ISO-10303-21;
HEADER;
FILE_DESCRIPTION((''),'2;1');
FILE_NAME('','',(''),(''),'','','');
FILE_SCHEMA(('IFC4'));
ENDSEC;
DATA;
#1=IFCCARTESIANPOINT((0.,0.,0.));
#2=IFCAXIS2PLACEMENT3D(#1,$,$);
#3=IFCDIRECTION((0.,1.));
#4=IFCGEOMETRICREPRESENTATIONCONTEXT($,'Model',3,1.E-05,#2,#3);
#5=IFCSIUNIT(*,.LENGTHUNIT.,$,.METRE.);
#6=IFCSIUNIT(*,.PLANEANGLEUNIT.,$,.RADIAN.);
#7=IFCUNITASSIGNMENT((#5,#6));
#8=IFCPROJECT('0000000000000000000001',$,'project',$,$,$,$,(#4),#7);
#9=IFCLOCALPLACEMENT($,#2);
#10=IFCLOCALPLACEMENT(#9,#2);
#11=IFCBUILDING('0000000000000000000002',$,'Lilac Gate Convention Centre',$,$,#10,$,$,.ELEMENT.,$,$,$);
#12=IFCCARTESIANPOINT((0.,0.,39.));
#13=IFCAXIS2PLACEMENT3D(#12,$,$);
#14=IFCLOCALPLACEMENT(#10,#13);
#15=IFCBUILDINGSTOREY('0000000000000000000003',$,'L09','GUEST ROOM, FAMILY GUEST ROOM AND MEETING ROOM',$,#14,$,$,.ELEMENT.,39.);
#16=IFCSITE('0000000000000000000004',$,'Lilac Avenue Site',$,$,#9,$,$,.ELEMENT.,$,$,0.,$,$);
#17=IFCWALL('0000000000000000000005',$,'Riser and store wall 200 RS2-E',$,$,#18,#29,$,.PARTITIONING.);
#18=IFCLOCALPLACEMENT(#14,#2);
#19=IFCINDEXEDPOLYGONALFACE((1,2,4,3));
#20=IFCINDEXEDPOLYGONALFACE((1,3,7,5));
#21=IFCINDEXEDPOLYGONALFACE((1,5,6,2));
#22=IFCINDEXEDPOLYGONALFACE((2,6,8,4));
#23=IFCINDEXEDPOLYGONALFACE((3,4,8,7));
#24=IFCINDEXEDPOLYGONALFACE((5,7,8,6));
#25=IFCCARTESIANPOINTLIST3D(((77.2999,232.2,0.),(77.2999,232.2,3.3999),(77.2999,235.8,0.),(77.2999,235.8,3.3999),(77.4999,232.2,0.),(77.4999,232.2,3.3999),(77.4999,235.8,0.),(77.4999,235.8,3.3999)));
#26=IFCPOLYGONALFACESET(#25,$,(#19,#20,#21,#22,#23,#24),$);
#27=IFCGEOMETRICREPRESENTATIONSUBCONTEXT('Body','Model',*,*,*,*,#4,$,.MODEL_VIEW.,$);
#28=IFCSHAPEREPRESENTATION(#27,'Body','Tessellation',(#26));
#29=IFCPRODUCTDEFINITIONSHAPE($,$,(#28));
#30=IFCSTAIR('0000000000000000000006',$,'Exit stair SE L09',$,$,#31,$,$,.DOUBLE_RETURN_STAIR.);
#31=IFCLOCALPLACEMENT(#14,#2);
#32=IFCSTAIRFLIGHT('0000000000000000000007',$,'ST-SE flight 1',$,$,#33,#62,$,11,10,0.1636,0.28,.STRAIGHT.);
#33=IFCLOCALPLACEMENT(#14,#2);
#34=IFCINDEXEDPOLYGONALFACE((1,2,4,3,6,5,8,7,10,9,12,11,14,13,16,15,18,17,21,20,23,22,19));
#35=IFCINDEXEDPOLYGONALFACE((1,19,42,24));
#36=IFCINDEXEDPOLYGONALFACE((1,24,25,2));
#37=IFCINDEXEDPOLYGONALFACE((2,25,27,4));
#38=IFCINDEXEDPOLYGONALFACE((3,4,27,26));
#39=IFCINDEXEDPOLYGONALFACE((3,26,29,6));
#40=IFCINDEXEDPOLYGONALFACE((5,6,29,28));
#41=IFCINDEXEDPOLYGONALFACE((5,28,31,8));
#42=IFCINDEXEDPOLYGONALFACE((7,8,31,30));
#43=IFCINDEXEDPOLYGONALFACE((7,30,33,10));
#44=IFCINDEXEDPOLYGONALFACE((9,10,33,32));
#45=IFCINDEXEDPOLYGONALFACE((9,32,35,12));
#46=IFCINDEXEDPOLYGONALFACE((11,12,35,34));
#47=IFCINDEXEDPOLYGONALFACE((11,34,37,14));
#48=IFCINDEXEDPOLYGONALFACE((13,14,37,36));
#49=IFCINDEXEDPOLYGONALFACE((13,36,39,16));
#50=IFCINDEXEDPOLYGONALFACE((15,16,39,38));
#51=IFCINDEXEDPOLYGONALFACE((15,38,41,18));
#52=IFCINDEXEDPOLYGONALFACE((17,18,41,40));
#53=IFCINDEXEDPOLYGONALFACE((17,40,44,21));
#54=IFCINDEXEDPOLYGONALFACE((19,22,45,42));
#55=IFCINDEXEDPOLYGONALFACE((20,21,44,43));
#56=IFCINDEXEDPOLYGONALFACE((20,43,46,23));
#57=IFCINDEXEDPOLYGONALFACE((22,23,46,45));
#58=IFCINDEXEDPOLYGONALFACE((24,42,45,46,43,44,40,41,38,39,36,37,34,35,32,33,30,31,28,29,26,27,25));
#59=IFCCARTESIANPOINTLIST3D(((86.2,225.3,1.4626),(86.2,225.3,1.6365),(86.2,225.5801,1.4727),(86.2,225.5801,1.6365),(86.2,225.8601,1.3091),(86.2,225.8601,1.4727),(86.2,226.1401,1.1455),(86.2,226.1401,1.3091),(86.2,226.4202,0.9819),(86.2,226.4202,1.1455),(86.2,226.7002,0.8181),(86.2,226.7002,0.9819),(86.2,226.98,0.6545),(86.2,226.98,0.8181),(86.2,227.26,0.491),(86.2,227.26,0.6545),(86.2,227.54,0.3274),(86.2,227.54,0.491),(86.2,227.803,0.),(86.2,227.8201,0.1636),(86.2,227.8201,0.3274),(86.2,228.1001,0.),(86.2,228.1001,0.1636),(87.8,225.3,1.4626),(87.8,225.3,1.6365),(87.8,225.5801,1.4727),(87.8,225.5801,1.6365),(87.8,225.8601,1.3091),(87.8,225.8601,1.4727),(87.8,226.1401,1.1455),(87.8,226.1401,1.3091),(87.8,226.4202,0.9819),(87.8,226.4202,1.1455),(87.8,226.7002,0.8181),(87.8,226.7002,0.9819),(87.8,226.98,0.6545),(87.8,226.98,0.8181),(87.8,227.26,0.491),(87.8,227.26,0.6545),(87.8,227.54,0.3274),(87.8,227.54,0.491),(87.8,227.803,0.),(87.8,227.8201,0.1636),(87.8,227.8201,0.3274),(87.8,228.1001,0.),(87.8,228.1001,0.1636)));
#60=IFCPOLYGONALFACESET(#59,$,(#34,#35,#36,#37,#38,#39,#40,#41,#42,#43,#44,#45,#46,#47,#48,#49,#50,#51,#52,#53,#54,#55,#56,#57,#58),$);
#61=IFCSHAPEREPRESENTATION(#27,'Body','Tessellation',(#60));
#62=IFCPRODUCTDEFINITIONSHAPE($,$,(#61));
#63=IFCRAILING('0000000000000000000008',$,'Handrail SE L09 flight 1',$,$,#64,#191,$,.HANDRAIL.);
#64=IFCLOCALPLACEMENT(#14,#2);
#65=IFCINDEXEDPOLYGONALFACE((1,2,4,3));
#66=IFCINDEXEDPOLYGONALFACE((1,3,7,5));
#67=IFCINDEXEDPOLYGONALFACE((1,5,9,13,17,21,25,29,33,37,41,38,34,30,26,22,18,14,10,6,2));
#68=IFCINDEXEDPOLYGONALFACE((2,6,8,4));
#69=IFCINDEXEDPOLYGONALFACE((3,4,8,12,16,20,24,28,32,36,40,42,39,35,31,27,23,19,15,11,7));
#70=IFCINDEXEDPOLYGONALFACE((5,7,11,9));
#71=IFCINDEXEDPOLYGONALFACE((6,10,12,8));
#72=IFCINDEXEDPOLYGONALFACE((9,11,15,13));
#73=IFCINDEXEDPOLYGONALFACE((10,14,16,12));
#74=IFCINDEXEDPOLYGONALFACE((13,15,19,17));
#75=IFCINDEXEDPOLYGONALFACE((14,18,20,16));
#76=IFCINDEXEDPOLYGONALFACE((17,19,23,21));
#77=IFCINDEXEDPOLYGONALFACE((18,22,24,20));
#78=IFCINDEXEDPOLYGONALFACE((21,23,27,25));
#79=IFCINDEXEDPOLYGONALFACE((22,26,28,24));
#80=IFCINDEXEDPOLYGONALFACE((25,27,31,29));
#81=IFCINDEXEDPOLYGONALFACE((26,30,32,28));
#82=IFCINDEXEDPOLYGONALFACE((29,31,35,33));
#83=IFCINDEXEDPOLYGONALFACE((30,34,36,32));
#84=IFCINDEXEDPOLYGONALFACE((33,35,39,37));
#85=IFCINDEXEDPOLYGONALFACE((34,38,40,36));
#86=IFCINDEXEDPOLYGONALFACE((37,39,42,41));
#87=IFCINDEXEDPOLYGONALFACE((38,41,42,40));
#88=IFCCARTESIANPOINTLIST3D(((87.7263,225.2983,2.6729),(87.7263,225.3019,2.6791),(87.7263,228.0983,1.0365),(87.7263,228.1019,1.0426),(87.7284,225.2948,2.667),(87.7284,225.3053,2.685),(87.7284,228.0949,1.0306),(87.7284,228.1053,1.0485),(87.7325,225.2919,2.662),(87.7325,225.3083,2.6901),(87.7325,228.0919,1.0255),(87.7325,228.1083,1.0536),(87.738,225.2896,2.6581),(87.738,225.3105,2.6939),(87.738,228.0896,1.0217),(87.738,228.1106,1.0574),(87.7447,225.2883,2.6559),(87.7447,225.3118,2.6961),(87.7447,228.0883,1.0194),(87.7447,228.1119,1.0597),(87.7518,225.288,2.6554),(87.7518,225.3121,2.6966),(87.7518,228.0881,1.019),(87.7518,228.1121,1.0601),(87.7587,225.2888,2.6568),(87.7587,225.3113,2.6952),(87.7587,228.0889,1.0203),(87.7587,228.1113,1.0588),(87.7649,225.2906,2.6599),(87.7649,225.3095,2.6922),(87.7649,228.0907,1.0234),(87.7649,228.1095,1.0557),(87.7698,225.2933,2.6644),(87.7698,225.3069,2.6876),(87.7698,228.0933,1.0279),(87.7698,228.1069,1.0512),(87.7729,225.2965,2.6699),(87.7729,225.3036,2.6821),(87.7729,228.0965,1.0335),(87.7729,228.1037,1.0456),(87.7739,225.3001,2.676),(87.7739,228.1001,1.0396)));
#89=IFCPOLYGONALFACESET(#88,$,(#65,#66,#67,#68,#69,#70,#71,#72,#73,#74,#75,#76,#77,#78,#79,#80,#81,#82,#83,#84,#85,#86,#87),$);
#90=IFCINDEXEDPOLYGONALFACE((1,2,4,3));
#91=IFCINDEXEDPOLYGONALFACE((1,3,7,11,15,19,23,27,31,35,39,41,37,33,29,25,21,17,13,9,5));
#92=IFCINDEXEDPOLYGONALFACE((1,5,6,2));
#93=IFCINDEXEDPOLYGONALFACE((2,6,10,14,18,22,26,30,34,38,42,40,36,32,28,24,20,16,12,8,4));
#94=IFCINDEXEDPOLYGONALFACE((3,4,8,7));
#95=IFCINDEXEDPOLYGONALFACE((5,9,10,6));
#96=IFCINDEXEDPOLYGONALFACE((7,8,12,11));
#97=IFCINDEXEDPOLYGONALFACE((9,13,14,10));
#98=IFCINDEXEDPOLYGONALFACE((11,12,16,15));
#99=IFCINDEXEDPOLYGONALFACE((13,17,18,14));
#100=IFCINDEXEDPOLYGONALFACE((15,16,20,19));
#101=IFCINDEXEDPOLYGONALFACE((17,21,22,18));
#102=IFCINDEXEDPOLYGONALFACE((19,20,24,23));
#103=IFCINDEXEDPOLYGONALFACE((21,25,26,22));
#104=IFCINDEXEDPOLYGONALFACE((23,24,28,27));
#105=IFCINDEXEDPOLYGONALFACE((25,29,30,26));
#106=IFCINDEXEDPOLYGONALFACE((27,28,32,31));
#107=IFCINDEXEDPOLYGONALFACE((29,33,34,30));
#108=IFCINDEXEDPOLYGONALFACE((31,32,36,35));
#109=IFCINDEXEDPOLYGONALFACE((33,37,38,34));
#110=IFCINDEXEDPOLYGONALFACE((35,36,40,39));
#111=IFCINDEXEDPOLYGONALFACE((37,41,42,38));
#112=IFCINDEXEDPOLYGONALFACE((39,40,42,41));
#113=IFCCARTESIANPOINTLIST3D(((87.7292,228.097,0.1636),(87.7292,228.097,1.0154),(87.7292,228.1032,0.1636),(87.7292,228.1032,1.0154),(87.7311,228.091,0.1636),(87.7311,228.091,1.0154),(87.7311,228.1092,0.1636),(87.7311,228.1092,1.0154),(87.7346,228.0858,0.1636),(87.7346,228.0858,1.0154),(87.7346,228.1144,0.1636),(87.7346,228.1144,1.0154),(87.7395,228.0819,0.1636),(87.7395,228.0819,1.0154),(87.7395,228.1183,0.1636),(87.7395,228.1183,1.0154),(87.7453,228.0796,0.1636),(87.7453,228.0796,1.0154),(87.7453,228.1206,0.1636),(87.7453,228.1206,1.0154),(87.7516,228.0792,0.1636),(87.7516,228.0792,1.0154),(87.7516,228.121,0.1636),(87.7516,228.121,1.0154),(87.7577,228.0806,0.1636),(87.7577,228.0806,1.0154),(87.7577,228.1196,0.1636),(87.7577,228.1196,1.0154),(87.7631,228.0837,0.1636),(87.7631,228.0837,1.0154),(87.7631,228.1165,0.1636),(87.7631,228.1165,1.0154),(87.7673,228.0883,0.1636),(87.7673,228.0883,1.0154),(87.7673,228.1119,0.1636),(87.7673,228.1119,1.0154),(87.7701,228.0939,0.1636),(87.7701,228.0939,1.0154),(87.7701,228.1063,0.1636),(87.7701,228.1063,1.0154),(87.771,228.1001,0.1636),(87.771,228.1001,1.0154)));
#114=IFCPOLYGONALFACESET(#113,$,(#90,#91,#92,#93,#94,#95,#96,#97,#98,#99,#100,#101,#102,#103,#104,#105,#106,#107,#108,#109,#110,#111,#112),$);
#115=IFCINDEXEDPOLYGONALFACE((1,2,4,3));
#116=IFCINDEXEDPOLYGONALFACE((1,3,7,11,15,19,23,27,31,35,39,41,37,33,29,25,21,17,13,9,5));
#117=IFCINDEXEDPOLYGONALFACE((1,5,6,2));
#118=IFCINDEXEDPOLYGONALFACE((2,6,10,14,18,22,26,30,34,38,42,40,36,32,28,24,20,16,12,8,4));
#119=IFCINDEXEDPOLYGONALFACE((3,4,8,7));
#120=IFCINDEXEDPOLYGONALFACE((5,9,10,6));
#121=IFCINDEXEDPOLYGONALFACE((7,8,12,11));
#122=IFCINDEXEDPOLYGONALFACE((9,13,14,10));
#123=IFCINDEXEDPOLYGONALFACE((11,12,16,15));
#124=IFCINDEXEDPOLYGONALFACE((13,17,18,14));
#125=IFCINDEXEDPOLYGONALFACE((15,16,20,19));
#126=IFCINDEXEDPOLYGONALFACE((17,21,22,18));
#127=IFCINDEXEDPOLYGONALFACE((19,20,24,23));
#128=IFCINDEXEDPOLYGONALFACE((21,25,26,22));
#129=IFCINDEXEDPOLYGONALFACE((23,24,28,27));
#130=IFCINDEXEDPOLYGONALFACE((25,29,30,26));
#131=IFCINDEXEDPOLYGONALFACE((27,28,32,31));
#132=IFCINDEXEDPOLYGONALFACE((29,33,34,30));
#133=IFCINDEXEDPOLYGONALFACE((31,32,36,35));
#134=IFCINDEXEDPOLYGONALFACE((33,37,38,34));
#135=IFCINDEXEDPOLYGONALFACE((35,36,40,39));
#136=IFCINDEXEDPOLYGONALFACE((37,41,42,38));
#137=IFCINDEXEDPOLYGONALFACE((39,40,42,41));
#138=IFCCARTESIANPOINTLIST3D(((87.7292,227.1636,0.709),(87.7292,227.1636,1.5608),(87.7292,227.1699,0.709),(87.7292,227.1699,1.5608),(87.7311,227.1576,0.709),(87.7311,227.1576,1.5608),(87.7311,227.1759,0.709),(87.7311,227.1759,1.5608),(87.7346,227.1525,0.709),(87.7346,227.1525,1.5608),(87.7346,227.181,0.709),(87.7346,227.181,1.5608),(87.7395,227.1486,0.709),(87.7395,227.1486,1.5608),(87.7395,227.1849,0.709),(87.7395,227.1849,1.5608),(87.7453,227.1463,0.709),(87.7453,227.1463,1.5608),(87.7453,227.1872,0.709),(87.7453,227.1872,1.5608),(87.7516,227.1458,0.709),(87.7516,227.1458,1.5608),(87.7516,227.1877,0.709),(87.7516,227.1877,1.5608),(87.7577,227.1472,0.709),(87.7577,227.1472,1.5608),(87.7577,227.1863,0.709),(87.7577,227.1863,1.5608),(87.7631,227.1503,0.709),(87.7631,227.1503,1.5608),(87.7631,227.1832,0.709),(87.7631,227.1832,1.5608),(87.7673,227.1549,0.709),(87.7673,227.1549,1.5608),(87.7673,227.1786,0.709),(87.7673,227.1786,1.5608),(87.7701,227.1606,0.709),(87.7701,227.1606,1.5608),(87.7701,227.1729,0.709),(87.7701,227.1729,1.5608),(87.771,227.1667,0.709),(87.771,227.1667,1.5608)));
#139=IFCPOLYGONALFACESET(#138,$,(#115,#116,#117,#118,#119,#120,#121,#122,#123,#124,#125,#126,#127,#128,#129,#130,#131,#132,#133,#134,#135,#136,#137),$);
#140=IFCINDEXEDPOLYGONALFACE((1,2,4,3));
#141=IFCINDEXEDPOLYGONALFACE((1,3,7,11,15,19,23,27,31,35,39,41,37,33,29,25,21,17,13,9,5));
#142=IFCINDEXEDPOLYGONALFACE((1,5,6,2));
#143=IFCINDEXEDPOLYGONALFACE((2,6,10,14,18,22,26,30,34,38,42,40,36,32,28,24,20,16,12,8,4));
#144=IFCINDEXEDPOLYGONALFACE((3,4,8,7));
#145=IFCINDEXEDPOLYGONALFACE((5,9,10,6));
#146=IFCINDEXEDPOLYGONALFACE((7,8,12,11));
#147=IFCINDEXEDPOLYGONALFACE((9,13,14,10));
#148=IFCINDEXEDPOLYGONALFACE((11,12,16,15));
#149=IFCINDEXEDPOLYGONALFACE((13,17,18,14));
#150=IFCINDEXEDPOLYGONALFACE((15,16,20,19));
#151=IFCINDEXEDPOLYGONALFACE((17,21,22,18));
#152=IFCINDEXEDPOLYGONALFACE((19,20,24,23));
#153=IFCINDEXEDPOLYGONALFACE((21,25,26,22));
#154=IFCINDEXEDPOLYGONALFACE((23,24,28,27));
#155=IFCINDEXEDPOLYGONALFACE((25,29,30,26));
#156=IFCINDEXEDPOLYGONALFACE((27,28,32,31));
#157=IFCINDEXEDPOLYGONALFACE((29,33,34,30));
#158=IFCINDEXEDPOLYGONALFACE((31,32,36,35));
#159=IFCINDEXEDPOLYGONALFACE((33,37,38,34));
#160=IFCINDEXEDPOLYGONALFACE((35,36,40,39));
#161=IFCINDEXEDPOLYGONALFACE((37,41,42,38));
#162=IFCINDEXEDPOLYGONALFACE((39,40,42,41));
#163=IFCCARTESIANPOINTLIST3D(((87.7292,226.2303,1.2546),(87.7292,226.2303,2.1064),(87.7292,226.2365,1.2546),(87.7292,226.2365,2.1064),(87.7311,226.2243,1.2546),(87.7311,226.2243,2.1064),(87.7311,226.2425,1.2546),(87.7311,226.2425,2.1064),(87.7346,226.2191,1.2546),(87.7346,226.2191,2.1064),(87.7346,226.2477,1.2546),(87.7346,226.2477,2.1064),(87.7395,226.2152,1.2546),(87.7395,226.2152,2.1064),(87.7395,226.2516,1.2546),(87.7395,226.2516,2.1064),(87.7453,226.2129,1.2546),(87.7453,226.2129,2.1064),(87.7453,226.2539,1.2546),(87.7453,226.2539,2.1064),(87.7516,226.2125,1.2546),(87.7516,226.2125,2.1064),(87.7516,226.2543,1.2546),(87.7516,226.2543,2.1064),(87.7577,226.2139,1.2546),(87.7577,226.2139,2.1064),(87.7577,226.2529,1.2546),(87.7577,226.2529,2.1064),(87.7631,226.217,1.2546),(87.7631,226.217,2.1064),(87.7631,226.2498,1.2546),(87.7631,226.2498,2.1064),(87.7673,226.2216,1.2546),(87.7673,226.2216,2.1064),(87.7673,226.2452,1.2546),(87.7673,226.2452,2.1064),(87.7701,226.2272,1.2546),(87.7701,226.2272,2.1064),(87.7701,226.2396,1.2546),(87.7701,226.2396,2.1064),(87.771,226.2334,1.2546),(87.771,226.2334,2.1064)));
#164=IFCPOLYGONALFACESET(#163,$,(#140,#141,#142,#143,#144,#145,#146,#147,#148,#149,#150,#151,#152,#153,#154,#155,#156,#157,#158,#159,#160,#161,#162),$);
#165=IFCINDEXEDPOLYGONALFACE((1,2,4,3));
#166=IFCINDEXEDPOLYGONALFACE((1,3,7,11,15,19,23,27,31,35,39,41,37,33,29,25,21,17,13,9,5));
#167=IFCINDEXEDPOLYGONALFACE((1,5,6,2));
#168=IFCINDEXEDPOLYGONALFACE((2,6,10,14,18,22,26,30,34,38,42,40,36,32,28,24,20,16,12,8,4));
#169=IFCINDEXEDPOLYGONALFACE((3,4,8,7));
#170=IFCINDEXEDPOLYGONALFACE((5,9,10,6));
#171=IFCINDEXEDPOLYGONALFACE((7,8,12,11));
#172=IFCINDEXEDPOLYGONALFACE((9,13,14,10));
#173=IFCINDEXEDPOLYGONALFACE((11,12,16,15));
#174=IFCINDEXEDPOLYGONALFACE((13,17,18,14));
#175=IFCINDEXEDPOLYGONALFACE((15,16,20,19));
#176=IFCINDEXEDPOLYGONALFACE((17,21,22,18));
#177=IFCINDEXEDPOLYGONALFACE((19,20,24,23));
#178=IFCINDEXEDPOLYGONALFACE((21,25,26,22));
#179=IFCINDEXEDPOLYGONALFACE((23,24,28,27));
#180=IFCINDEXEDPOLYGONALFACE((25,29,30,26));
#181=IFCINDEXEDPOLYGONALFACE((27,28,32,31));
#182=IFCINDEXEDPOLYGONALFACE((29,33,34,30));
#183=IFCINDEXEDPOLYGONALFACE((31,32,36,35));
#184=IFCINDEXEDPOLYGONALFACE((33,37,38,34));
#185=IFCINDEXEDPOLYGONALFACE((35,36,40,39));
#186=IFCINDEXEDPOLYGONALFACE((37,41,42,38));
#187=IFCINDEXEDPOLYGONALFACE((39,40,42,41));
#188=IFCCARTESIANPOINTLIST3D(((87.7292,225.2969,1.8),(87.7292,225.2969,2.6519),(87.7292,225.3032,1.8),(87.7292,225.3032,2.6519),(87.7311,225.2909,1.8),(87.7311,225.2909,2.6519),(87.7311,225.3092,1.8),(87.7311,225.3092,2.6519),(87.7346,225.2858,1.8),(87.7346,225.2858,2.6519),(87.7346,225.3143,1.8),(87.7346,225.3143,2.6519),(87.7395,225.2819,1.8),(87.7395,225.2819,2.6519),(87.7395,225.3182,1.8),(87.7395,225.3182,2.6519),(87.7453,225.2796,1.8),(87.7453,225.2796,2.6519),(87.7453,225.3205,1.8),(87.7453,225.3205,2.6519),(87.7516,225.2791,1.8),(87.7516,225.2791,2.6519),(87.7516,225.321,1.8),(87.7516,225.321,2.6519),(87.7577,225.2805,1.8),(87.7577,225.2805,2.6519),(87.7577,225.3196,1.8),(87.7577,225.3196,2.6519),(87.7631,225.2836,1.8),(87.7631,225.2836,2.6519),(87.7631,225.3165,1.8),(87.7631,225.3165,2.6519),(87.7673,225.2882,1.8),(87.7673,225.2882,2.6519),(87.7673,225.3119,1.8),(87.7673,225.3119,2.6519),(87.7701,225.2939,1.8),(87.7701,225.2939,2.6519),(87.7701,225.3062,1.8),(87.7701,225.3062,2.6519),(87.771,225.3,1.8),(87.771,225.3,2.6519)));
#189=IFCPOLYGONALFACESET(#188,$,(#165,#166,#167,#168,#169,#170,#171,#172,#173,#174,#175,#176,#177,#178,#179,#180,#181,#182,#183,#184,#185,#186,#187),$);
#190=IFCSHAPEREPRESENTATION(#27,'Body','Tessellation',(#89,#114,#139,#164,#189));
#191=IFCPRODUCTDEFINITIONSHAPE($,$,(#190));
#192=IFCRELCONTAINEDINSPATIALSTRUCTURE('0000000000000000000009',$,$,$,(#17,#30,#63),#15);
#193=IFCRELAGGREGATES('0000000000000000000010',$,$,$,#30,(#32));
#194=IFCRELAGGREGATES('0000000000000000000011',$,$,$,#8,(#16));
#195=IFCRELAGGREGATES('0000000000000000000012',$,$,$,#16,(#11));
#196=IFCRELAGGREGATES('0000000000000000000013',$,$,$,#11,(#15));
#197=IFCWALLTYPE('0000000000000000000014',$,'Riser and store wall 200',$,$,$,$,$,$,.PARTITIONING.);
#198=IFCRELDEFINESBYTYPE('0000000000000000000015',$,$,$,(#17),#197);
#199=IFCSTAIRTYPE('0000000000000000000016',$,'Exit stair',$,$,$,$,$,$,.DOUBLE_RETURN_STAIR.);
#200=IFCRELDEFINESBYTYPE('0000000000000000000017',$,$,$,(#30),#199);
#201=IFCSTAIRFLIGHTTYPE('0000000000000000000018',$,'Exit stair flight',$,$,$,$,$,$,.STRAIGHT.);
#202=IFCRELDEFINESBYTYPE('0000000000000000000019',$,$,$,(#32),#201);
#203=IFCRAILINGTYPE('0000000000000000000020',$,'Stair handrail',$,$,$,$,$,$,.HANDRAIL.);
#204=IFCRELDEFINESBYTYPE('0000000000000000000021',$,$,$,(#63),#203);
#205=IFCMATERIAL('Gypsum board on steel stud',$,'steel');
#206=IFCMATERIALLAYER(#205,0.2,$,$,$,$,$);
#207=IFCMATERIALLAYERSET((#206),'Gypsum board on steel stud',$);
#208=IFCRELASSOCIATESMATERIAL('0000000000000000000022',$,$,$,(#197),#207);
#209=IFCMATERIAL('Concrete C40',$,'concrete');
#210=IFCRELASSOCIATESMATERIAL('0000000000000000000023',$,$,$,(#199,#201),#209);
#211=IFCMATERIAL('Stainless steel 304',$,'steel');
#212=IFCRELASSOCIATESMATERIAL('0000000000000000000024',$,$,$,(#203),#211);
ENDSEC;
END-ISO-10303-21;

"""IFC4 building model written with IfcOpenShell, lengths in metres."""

from ifc_helpers import new_model, si_unit, direction, frame, frame_2d, origin, origin_2d, place, context, subcontext, project, spatial, polyline, rectangle, circle, outline, extrude, material, layer, layer_set, type_object, element, aggregate, save


model = new_model("IFC4")

# Units and contexts
model_context = context("Model", 3, precision=1e-05, world=origin(), true_north=direction((0.0, 1.0)))
body_context = subcontext(model_context, "Body", "Model", "MODEL_VIEW")
ifc_project = project(units=[si_unit("LENGTHUNIT", "METRE"), si_unit("PLANEANGLEUNIT", "RADIAN")], contexts=[model_context])

# Site, building, storey
site_placement = place(None, origin())
site = spatial("IfcSite", under=ifc_project, at=site_placement, Name="Lilac Avenue Site", CompositionType="ELEMENT", RefElevation=0.0)
building_placement = place(site_placement, origin())
building = spatial("IfcBuilding", under=site, at=building_placement, Name="Lilac Gate Convention Centre", CompositionType="ELEMENT")
storey_placement = place(building_placement, frame((0.0, 0.0, 39.0)))
storey = spatial("IfcBuildingStorey", under=building, at=storey_placement, Name="L09", Description="GUEST ROOM, FAMILY GUEST ROOM AND MEETING ROOM", CompositionType="ELEMENT", Elevation=39.0)

# Shared definitions
ifc_material_1 = material(Name="Stainless steel 304", Category="steel")
ifc_material_2 = material(Name="Gypsum board on steel stud", Category="steel")

# Wall
ifc_layer_1 = layer(ifc_material_2, 0.2)
ifc_layer_set_1 = layer_set([ifc_layer_1], Name="Gypsum board on steel stud")
wall_type_1 = type_object("IfcWallType", Name="Riser and store wall 200", PredefinedType="PARTITIONING", material=ifc_layer_set_1)
wall_1_placement = place(storey_placement, frame((77.3999, 232.2, 0.0), z_axis=(0.0, 0.0, 1.0), x_axis=(0.0, 1.0, 0.0)))
element("IfcWall", 1, at=wall_1_placement, inside=storey, type_object=wall_type_1, Name="Riser and store wall 200 RS2-E", PredefinedType="PARTITIONING", context=body_context, shape_type="SweptSolid", body=[
    extrude(rectangle(XDim=3.6001, YDim=0.2, at=frame_2d((1.8, 0.0))), origin(), (0.0, 0.0, 1.0), 3.3999),
])

# Stair, stair flight
ifc_material_3 = material(Name="Concrete C40", Category="concrete")
stair_type = type_object("IfcStairType", Name="Exit stair", PredefinedType="DOUBLE_RETURN_STAIR", material=ifc_material_3)
stair_placement = place(storey_placement, origin())
stair = element("IfcStair", 2, at=stair_placement, inside=storey, type_object=stair_type, Name="Exit stair SE L09", PredefinedType="DOUBLE_RETURN_STAIR")
stair_flight_type = type_object("IfcStairFlightType", Name="Exit stair flight", PredefinedType="STRAIGHT", material=ifc_material_3)
stair_flight_placement = place(storey_placement, frame((87.0, 228.1001, 0.0), z_axis=(0.0, 0.0, 1.0), x_axis=(0.0, -1.0, 0.0)))
stair_flight = element("IfcStairFlight", 3, at=stair_flight_placement, type_object=stair_flight_type, Name="ST-SE flight 1", NumberOfRisers=11, NumberOfTreads=10, PredefinedType="STRAIGHT", RiserHeight=0.1636, TreadLength=0.28, context=body_context, shape_type="SweptSolid", body=[
    extrude(outline(polyline([(0.0, 0.0), (0.0, 0.1636), (0.28, 0.1636), (0.28, 0.3274), (0.5601, 0.3274), (0.5601, 0.491), (0.8401, 0.491), (0.8401, 0.6545), (1.1201, 0.6545), (1.1201, 0.8181), (1.3999, 0.8181), (1.3999, 0.9819), (1.6799, 0.9819), (1.6799, 1.1455), (1.96, 1.1455), (1.96, 1.3091), (2.24, 1.3091), (2.24, 1.4727), (2.52, 1.4727), (2.52, 1.6365), (2.8, 1.6365), (2.8, 1.8), (2.8, 1.4626), (0.2971, 0.0), (0.0, 0.0)])), frame((0.0, 0.8, 0.0), z_axis=(0.0, -1.0, 0.0), x_axis=(1.0, 0.0, 0.0)), (0.0, 0.0, 1.0), 1.6001),
])
aggregate(stair, [stair_flight])

# Railing
railing_type = type_object("IfcRailingType", Name="Stair handrail", PredefinedType="HANDRAIL", material=ifc_material_1)
for number, where, name in (
    (4, (87.75, 228.1001, 0.1636), "Handrail SE L09 flight 1"),
):
    element("IfcRailing", number, at=place(storey_placement, frame(where)), inside=storey, type_object=railing_type, Name=name, PredefinedType="HANDRAIL", context=body_context, shape_type="SweptSolid", body=[
        extrude(circle(Radius=0.0239, at=origin_2d()), frame((0.0, 0.0, 0.876), z_axis=(0.0, -0.863361, 0.504587), x_axis=(1.0, 0.0, 0.0)), (0.0, 0.0, 1.0), 3.2432),
        extrude(circle(Radius=0.021, at=origin_2d()), origin(), (0.0, 0.0, 1.0), 0.8518),
        extrude(circle(Radius=0.021, at=origin_2d()), frame((0.0, -0.9333, 0.5454)), (0.0, 0.0, 1.0), 0.8518),
        extrude(circle(Radius=0.021, at=origin_2d()), frame((0.0, -1.8667, 1.0911)), (0.0, 0.0, 1.0), 0.8518),
        extrude(circle(Radius=0.021, at=origin_2d()), frame((0.0, -2.8, 1.6365)), (0.0, 0.0, 1.0), 0.8518),
    ])

save(model, "model.ifc")
